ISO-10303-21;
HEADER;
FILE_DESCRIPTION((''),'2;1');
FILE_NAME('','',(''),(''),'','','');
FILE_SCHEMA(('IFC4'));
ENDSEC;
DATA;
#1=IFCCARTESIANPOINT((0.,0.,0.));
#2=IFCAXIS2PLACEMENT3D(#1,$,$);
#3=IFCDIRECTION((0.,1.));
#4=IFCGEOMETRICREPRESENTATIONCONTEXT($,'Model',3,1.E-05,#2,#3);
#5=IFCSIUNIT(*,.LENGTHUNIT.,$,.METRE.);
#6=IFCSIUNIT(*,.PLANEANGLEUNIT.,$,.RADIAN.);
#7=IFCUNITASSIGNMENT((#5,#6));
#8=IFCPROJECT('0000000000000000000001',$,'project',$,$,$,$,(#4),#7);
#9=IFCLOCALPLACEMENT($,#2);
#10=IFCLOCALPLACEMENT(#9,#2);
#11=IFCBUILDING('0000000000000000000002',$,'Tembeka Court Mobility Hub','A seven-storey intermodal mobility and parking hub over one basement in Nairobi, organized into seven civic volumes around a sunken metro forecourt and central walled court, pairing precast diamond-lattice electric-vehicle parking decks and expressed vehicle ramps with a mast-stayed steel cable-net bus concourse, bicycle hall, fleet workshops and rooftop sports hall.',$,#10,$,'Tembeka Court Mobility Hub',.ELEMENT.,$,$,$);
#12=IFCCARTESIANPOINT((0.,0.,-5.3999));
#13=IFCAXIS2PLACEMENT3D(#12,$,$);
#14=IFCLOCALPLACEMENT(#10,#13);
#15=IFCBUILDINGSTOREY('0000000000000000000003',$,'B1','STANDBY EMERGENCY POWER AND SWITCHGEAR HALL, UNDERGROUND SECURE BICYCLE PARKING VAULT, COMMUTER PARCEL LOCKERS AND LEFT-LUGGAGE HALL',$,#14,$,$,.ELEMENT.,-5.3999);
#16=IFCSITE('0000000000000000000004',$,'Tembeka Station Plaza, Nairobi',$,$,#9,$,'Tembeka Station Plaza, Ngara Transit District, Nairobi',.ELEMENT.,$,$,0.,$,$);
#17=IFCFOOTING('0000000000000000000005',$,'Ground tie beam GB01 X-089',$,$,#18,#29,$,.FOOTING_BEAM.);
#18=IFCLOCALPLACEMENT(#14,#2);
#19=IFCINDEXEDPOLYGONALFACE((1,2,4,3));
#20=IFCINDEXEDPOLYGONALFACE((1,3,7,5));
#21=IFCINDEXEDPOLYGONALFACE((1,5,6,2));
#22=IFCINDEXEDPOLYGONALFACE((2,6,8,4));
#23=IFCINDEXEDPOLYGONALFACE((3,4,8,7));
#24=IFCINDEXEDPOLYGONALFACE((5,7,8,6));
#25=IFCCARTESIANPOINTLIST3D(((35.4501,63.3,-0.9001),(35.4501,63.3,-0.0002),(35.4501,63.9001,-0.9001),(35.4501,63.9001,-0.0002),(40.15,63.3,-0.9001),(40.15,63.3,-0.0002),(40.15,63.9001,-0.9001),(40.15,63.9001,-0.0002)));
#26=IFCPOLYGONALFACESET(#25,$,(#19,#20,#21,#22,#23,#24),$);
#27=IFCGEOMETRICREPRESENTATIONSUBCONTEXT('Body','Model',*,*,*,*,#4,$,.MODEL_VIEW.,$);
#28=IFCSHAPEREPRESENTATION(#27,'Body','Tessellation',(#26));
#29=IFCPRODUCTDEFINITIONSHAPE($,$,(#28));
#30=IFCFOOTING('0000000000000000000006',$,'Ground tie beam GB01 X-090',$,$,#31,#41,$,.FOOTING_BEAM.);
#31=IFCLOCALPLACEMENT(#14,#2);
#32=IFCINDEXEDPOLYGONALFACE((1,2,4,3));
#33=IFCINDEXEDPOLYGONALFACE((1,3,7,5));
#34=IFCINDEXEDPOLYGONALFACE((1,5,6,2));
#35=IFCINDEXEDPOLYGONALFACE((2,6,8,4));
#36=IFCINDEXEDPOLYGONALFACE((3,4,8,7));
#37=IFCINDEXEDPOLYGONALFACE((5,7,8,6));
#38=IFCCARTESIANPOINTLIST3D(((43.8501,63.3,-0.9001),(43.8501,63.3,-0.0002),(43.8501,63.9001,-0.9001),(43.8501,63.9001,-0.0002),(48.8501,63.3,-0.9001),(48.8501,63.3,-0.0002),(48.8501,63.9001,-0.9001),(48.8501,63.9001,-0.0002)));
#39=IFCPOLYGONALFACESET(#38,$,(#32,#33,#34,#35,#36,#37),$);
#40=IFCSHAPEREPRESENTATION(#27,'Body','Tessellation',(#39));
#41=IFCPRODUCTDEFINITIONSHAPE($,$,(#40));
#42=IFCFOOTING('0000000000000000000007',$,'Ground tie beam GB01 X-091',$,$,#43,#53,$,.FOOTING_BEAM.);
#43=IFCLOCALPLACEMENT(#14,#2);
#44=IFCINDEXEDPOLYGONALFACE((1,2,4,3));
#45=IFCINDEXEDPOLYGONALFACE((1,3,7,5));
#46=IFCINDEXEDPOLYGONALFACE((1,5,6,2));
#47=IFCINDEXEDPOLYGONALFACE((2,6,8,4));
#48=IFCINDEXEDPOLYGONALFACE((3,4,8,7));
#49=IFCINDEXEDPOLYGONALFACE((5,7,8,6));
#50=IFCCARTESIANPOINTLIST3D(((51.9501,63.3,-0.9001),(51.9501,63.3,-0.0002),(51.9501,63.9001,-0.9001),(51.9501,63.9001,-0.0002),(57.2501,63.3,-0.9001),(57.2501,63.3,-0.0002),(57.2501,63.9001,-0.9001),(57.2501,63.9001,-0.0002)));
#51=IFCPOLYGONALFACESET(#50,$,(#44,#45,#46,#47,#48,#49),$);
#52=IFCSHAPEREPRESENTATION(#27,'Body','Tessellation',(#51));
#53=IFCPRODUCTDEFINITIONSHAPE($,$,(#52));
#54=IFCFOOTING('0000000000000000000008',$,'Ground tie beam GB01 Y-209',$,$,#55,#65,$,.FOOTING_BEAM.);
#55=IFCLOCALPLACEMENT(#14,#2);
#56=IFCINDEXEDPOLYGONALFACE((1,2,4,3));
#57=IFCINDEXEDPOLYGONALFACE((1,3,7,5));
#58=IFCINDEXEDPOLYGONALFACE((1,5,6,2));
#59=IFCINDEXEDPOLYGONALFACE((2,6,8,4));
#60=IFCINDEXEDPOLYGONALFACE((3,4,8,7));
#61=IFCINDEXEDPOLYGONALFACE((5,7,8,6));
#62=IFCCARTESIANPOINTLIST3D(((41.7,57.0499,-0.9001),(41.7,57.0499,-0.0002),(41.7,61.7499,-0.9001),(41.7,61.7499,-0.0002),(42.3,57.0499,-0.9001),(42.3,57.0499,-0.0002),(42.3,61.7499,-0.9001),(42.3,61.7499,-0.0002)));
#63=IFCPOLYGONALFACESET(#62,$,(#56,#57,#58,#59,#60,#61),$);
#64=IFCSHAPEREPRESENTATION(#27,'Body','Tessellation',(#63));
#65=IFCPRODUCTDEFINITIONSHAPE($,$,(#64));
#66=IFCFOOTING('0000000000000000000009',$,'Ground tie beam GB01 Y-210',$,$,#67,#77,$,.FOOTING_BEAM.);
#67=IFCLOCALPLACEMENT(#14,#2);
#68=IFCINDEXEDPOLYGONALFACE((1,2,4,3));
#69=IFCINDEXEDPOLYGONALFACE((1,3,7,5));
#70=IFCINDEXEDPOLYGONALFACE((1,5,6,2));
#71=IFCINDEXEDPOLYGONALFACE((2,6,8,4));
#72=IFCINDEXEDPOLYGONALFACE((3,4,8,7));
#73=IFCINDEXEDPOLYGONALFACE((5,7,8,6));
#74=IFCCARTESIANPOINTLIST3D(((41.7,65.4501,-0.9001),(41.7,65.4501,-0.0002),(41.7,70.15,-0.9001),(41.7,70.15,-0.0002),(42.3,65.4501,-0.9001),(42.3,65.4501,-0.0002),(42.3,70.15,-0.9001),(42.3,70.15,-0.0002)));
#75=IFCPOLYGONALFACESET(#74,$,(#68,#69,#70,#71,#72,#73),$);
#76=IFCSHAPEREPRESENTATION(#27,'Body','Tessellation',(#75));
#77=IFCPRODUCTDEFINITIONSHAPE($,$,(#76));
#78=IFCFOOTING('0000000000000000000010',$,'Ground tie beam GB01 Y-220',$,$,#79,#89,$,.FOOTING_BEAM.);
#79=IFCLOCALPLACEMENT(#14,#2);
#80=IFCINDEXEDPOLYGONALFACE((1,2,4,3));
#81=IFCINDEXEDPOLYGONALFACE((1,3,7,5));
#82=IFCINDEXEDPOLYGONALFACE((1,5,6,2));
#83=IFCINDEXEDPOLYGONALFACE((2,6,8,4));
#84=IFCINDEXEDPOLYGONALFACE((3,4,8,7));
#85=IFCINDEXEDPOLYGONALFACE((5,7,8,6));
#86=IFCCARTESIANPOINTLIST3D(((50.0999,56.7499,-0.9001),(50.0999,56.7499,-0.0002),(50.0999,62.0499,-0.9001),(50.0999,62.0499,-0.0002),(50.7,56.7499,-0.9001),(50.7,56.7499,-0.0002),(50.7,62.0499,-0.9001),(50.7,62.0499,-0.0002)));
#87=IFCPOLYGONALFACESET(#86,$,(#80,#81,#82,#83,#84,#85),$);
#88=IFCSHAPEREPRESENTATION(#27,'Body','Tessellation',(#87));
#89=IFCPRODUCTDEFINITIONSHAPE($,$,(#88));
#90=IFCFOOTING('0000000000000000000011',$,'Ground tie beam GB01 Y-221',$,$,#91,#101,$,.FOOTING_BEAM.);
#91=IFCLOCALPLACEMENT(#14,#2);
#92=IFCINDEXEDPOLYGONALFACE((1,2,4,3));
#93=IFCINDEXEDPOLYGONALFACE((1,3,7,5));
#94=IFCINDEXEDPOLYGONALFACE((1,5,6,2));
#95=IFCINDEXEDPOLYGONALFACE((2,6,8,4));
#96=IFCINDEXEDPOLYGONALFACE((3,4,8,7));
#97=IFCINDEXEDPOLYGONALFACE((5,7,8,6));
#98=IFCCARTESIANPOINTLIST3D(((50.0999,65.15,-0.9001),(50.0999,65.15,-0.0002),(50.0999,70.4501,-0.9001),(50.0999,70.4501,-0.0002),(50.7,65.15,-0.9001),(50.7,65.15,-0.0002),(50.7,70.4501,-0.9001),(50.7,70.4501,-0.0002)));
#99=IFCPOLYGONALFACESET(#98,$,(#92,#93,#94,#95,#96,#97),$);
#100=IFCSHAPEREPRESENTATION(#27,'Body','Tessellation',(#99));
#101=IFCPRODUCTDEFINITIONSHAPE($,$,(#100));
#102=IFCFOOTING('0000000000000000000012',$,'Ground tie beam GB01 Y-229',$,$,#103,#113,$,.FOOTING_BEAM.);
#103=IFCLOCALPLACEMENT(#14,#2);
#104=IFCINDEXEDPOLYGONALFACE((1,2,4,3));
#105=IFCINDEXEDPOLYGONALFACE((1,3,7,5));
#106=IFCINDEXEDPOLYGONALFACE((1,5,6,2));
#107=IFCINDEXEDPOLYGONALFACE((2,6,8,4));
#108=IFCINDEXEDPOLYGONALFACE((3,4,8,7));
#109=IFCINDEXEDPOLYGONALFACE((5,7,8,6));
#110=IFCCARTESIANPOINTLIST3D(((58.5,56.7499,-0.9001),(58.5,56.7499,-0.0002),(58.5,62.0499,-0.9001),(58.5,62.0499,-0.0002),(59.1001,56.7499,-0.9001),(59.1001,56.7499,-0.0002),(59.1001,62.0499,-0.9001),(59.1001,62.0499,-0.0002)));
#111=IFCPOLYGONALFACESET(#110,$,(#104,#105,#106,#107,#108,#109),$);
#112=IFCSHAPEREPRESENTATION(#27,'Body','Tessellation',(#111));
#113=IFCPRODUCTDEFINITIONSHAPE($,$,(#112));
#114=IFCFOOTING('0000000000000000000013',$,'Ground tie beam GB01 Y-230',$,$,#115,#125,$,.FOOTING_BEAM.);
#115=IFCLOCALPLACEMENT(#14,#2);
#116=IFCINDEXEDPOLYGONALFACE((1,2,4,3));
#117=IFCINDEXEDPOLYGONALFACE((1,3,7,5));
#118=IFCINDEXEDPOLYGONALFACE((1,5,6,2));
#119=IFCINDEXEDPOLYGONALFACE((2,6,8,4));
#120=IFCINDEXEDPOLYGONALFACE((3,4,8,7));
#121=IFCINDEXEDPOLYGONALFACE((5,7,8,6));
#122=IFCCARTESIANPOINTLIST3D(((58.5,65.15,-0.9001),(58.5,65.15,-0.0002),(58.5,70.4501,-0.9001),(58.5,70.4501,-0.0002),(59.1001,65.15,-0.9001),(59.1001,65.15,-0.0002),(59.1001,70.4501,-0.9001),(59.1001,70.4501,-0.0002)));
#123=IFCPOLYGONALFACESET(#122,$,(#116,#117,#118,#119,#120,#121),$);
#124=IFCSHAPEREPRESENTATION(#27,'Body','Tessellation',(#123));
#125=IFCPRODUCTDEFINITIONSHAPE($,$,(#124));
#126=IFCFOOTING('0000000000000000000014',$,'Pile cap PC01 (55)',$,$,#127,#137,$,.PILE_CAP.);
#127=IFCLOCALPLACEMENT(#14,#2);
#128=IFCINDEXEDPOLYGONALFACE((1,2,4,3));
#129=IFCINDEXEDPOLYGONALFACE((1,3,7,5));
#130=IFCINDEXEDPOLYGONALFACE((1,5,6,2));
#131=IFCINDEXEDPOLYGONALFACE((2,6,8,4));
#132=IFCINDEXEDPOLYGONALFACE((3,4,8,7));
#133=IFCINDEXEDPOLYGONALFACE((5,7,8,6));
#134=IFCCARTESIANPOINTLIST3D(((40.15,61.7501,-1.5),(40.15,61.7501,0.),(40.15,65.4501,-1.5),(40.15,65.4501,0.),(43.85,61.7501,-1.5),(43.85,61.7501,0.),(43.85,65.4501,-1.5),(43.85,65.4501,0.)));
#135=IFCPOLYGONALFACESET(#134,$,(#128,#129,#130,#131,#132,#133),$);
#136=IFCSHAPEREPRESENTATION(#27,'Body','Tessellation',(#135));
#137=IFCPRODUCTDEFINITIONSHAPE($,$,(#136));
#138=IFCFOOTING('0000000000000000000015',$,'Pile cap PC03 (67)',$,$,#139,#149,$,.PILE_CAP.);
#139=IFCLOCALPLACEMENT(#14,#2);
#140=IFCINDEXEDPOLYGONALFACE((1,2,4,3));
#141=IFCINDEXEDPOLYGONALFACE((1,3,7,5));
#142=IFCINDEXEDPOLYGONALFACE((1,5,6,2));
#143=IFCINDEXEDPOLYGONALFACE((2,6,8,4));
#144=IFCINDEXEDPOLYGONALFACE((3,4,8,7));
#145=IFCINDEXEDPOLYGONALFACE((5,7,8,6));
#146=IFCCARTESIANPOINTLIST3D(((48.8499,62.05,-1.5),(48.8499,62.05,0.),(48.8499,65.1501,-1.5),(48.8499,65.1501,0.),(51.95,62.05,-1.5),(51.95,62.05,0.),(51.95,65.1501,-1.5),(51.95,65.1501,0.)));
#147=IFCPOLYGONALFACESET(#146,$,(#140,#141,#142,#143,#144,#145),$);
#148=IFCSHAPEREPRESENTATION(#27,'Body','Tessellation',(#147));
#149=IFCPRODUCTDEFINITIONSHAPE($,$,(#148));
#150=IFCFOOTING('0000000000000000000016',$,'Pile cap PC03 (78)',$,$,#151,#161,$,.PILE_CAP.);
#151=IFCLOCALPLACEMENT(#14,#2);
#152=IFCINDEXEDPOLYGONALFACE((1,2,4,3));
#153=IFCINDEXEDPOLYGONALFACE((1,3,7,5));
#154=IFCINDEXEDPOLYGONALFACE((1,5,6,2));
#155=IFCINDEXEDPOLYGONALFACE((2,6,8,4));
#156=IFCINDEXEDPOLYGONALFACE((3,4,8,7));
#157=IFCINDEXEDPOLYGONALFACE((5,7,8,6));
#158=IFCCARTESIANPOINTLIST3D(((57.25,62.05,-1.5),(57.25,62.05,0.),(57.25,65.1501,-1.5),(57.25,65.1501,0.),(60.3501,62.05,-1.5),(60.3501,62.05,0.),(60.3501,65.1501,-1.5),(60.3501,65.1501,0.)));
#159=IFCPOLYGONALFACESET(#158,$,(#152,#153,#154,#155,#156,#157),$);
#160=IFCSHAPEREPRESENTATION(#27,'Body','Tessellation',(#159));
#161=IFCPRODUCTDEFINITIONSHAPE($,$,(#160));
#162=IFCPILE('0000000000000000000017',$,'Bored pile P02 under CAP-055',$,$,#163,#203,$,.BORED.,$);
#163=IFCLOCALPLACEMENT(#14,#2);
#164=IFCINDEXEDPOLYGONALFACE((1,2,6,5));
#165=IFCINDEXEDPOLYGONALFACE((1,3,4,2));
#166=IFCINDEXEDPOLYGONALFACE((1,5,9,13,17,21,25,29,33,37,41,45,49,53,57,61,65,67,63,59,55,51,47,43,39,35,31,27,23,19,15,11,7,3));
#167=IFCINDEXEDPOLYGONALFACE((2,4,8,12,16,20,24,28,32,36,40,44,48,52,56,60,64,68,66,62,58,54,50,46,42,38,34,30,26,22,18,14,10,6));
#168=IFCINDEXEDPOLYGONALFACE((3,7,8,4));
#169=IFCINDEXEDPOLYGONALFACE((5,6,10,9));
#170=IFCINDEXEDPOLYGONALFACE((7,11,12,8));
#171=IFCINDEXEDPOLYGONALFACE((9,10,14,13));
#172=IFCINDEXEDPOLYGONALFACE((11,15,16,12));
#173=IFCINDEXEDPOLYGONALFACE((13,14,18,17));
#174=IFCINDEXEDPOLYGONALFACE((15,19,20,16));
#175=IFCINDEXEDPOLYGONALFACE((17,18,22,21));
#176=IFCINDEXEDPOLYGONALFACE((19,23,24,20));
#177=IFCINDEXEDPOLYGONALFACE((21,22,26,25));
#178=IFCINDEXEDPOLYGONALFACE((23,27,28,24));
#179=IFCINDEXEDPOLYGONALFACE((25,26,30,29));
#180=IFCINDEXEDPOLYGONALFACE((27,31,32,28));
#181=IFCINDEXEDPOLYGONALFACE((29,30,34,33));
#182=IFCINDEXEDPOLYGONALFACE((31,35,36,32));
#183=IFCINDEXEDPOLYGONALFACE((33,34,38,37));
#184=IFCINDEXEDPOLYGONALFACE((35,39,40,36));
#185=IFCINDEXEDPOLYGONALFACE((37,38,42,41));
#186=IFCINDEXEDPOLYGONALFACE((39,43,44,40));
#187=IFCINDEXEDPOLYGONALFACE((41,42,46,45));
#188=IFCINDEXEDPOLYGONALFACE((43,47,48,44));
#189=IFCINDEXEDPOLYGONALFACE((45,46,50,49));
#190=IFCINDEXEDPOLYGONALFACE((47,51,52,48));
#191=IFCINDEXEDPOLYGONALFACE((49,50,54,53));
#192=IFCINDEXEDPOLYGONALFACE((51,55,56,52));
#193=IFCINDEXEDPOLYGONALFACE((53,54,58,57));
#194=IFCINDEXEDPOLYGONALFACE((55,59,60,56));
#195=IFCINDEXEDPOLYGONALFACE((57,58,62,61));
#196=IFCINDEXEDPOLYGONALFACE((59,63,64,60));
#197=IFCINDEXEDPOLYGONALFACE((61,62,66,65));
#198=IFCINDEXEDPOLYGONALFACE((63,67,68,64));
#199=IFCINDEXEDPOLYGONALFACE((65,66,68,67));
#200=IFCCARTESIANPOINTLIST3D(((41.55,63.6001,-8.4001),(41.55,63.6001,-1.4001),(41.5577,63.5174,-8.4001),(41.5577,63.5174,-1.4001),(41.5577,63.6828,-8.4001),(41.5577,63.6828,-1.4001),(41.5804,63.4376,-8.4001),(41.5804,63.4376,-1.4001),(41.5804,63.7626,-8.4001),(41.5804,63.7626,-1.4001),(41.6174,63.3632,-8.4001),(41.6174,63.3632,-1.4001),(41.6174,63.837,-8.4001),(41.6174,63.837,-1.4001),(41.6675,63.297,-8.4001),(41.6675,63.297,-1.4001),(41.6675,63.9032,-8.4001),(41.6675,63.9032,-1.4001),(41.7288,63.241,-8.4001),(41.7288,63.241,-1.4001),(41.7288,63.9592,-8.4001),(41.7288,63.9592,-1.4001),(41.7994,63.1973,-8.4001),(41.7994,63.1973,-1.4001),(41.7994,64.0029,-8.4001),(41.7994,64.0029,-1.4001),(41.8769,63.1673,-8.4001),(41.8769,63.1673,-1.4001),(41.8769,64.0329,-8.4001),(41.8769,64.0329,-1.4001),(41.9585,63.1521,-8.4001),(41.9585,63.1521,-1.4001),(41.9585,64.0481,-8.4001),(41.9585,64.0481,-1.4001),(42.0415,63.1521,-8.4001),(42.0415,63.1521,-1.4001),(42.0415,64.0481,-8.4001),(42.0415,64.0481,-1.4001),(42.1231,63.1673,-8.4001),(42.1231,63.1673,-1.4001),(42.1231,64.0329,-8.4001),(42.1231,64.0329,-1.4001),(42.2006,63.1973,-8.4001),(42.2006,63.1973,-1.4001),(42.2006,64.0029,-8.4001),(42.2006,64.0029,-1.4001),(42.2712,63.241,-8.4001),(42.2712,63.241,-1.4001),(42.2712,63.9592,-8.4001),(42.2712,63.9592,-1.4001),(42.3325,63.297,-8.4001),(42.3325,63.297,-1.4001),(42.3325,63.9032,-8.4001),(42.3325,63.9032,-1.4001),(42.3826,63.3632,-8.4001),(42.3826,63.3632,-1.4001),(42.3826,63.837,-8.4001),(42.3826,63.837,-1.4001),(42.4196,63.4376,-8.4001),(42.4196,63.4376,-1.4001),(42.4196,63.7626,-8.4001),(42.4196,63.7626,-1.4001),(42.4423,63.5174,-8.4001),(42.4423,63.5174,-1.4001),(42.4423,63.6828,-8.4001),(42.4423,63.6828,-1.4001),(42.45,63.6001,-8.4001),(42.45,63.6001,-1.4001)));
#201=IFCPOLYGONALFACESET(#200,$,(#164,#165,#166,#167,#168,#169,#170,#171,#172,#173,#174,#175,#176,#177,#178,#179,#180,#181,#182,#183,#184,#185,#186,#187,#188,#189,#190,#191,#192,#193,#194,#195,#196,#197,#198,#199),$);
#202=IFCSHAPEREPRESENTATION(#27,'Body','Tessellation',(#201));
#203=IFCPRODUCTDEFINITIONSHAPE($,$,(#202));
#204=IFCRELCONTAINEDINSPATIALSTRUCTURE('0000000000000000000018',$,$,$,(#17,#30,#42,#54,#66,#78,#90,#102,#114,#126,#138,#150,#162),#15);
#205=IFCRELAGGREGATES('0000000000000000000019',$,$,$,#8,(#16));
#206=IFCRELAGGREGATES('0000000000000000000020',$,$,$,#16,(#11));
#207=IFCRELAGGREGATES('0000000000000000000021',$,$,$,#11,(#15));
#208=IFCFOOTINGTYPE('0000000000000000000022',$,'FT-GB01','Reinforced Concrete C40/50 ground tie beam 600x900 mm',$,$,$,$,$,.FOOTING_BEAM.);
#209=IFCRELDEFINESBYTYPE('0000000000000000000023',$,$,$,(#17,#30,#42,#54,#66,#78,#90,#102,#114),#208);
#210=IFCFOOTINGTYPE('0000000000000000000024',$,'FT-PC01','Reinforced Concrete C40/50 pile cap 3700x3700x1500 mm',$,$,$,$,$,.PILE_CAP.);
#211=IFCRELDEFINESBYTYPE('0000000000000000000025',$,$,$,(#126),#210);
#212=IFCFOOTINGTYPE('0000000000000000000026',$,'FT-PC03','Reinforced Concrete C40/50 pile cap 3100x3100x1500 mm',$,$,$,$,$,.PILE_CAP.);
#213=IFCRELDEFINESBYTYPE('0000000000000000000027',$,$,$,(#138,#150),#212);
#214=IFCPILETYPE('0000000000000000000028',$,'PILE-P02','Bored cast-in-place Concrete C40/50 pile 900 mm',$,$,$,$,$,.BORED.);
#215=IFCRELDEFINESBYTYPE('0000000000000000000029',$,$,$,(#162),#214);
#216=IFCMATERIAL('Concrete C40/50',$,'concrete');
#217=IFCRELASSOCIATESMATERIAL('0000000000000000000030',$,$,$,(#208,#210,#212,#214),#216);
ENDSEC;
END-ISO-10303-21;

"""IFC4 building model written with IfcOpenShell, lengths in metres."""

from ifc_helpers import new_model, si_unit, direction, frame, origin, origin_2d, place, context, subcontext, project, spatial, rectangle, circle, extrude, material, material_profile, profile_set, type_object, element, save


model = new_model("IFC4")

# Units and contexts
model_context = context("Model", 3, precision=1e-05, world=origin(), true_north=direction((0.0, 1.0)))
body_context = subcontext(model_context, "Body", "Model", "MODEL_VIEW")
ifc_project = project(units=[si_unit("LENGTHUNIT", "METRE"), si_unit("PLANEANGLEUNIT", "RADIAN")], contexts=[model_context])

# Site, building, storey
site_placement = place(None, origin())
site = spatial("IfcSite", under=ifc_project, at=site_placement, Name="Tembeka Station Plaza, Nairobi", LongName="Tembeka Station Plaza, Ngara Transit District, Nairobi", CompositionType="ELEMENT", RefElevation=0.0)
building_placement = place(site_placement, origin())
building = spatial("IfcBuilding", under=site, at=building_placement, Name="Tembeka Court Mobility Hub", Description="A seven-storey intermodal mobility and parking hub over one basement in Nairobi, organized into seven civic volumes around a sunken metro forecourt and central walled court, pairing precast diamond-lattice electric-vehicle parking decks and expressed vehicle ramps with a mast-stayed steel cable-net bus concourse, bicycle hall, fleet workshops and rooftop sports hall.", LongName="Tembeka Court Mobility Hub", CompositionType="ELEMENT")
storey_placement = place(building_placement, frame((0.0, 0.0, -5.3999)))
storey = spatial("IfcBuildingStorey", under=building, at=storey_placement, Name="B1", Description="STANDBY EMERGENCY POWER AND SWITCHGEAR HALL, UNDERGROUND SECURE BICYCLE PARKING VAULT, COMMUTER PARCEL LOCKERS AND LEFT-LUGGAGE HALL", CompositionType="ELEMENT", Elevation=-5.3999)

# Footings
ifc_material_1 = material(Name="Concrete C40/50", Category="concrete")
footing_type_1 = type_object("IfcFootingType", Name="FT-GB01", Description="Reinforced Concrete C40/50 ground tie beam 600x900 mm", PredefinedType="FOOTING_BEAM", material=ifc_material_1)
footing_1_placement = place(storey_placement, frame((37.8, 63.6001, -0.9001), z_axis=(0.0, 0.0, 1.0), x_axis=(1.0, 0.0, 0.0)))
element("IfcFooting", 1, at=footing_1_placement, inside=storey, type_object=footing_type_1, Name="Ground tie beam GB01 X-089", PredefinedType="FOOTING_BEAM", context=body_context, shape_type="SweptSolid", body=[
    extrude(rectangle(XDim=4.7, YDim=0.6001, at=origin_2d()), origin(), (0.0, 0.0, 1.0), 0.8999),
])
footing_2_placement = place(storey_placement, frame((46.3501, 63.6001, -0.9001), z_axis=(0.0, 0.0, 1.0), x_axis=(1.0, 0.0, 0.0)))
element("IfcFooting", 2, at=footing_2_placement, inside=storey, type_object=footing_type_1, Name="Ground tie beam GB01 X-090", PredefinedType="FOOTING_BEAM", context=body_context, shape_type="SweptSolid", body=[
    extrude(rectangle(XDim=5.0, YDim=0.6001, at=origin_2d()), origin(), (0.0, 0.0, 1.0), 0.8999),
])
footing_3_placement = place(storey_placement, frame((54.6001, 63.6001, -0.9001), z_axis=(0.0, 0.0, 1.0), x_axis=(1.0, 0.0, 0.0)))
element("IfcFooting", 3, at=footing_3_placement, inside=storey, type_object=footing_type_1, Name="Ground tie beam GB01 X-091", PredefinedType="FOOTING_BEAM", context=body_context, shape_type="SweptSolid", body=[
    extrude(rectangle(XDim=5.3, YDim=0.6001, at=origin_2d()), origin(), (0.0, 0.0, 1.0), 0.8999),
])
for number, where, z_axis, x_axis, name in (
    (4, (42.0, 59.3999, -0.9001), (0.0, 0.0, 1.0), (0.0, 1.0, 0.0), "Ground tie beam GB01 Y-209"),
    (5, (42.0, 67.8, -0.9001), (0.0, 0.0, 1.0), (0.0, 1.0, 0.0), "Ground tie beam GB01 Y-210"),
):
    element("IfcFooting", number, at=place(storey_placement, frame(where, z_axis=z_axis, x_axis=x_axis)), inside=storey, type_object=footing_type_1, Name=name, PredefinedType="FOOTING_BEAM", context=body_context, shape_type="SweptSolid", body=[
        extrude(rectangle(XDim=4.7, YDim=0.6001, at=origin_2d()), origin(), (0.0, 0.0, 1.0), 0.8999),
    ])
for number, where, z_axis, x_axis, name in (
    (6, (50.3999, 59.3999, -0.9001), (0.0, 0.0, 1.0), (0.0, 1.0, 0.0), "Ground tie beam GB01 Y-220"),
    (7, (50.3999, 67.8, -0.9001), (0.0, 0.0, 1.0), (0.0, 1.0, 0.0), "Ground tie beam GB01 Y-221"),
    (8, (58.8, 59.3999, -0.9001), (0.0, 0.0, 1.0), (0.0, 1.0, 0.0), "Ground tie beam GB01 Y-229"),
    (9, (58.8, 67.8, -0.9001), (0.0, 0.0, 1.0), (0.0, 1.0, 0.0), "Ground tie beam GB01 Y-230"),
):
    element("IfcFooting", number, at=place(storey_placement, frame(where, z_axis=z_axis, x_axis=x_axis)), inside=storey, type_object=footing_type_1, Name=name, PredefinedType="FOOTING_BEAM", context=body_context, shape_type="SweptSolid", body=[
        extrude(rectangle(XDim=5.3, YDim=0.6001, at=origin_2d()), origin(), (0.0, 0.0, 1.0), 0.8999),
    ])
footing_type_2 = type_object("IfcFootingType", Name="FT-PC01", Description="Reinforced Concrete C40/50 pile cap 3700x3700x1500 mm", PredefinedType="PILE_CAP", material=ifc_material_1)
footing_4_placement = place(storey_placement, frame((42.0, 63.6001, -1.5), z_axis=(0.0, 0.0, 1.0), x_axis=(1.0, 0.0, 0.0)))
element("IfcFooting", 10, at=footing_4_placement, inside=storey, type_object=footing_type_2, Name="Pile cap PC01 (55)", PredefinedType="PILE_CAP", context=body_context, shape_type="SweptSolid", body=[
    extrude(rectangle(XDim=3.7, YDim=3.7, at=origin_2d()), origin(), (0.0, 0.0, 1.0), 1.5),
])
footing_type_3 = type_object("IfcFootingType", Name="FT-PC03", Description="Reinforced Concrete C40/50 pile cap 3100x3100x1500 mm", PredefinedType="PILE_CAP", material=ifc_material_1)
for number, where, z_axis, x_axis, name in (
    (11, (50.3999, 63.6001, -1.5), (0.0, 0.0, 1.0), (1.0, 0.0, 0.0), "Pile cap PC03 (67)"),
    (12, (58.8, 63.6001, -1.5), (0.0, 0.0, 1.0), (1.0, 0.0, 0.0), "Pile cap PC03 (78)"),
):
    element("IfcFooting", number, at=place(storey_placement, frame(where, z_axis=z_axis, x_axis=x_axis)), inside=storey, type_object=footing_type_3, Name=name, PredefinedType="PILE_CAP", context=body_context, shape_type="SweptSolid", body=[
        extrude(rectangle(XDim=3.1001, YDim=3.1001, at=origin_2d()), origin(), (0.0, 0.0, 1.0), 1.5),
    ])

# Pile
ifc_material_profile_1 = material_profile(ifc_material_1, circle(Radius=0.45, at=origin_2d()), Name="PILE D900")
ifc_profile_set_1 = profile_set([ifc_material_profile_1], Name="Concrete C40/50")
pile_type = type_object("IfcPileType", Name="PILE-P02", Description="Bored cast-in-place Concrete C40/50 pile 900 mm", PredefinedType="BORED", material=ifc_profile_set_1)
for number, where, z_axis, x_axis, name in (
    (13, (42.0, 63.6001, -1.4001), (0.0, 0.0, -1.0), (1.0, 0.0, 0.0), "Bored pile P02 under CAP-055"),
):
    element("IfcPile", number, at=place(storey_placement, frame(where, z_axis=z_axis, x_axis=x_axis)), inside=storey, type_object=pile_type, Name=name, PredefinedType="BORED", context=body_context, shape_type="SweptSolid", body=[
        extrude(circle(Radius=0.45, at=origin_2d()), origin(), (0.0, 0.0, 1.0), 7.0),
    ])

save(model, "model.ifc")
